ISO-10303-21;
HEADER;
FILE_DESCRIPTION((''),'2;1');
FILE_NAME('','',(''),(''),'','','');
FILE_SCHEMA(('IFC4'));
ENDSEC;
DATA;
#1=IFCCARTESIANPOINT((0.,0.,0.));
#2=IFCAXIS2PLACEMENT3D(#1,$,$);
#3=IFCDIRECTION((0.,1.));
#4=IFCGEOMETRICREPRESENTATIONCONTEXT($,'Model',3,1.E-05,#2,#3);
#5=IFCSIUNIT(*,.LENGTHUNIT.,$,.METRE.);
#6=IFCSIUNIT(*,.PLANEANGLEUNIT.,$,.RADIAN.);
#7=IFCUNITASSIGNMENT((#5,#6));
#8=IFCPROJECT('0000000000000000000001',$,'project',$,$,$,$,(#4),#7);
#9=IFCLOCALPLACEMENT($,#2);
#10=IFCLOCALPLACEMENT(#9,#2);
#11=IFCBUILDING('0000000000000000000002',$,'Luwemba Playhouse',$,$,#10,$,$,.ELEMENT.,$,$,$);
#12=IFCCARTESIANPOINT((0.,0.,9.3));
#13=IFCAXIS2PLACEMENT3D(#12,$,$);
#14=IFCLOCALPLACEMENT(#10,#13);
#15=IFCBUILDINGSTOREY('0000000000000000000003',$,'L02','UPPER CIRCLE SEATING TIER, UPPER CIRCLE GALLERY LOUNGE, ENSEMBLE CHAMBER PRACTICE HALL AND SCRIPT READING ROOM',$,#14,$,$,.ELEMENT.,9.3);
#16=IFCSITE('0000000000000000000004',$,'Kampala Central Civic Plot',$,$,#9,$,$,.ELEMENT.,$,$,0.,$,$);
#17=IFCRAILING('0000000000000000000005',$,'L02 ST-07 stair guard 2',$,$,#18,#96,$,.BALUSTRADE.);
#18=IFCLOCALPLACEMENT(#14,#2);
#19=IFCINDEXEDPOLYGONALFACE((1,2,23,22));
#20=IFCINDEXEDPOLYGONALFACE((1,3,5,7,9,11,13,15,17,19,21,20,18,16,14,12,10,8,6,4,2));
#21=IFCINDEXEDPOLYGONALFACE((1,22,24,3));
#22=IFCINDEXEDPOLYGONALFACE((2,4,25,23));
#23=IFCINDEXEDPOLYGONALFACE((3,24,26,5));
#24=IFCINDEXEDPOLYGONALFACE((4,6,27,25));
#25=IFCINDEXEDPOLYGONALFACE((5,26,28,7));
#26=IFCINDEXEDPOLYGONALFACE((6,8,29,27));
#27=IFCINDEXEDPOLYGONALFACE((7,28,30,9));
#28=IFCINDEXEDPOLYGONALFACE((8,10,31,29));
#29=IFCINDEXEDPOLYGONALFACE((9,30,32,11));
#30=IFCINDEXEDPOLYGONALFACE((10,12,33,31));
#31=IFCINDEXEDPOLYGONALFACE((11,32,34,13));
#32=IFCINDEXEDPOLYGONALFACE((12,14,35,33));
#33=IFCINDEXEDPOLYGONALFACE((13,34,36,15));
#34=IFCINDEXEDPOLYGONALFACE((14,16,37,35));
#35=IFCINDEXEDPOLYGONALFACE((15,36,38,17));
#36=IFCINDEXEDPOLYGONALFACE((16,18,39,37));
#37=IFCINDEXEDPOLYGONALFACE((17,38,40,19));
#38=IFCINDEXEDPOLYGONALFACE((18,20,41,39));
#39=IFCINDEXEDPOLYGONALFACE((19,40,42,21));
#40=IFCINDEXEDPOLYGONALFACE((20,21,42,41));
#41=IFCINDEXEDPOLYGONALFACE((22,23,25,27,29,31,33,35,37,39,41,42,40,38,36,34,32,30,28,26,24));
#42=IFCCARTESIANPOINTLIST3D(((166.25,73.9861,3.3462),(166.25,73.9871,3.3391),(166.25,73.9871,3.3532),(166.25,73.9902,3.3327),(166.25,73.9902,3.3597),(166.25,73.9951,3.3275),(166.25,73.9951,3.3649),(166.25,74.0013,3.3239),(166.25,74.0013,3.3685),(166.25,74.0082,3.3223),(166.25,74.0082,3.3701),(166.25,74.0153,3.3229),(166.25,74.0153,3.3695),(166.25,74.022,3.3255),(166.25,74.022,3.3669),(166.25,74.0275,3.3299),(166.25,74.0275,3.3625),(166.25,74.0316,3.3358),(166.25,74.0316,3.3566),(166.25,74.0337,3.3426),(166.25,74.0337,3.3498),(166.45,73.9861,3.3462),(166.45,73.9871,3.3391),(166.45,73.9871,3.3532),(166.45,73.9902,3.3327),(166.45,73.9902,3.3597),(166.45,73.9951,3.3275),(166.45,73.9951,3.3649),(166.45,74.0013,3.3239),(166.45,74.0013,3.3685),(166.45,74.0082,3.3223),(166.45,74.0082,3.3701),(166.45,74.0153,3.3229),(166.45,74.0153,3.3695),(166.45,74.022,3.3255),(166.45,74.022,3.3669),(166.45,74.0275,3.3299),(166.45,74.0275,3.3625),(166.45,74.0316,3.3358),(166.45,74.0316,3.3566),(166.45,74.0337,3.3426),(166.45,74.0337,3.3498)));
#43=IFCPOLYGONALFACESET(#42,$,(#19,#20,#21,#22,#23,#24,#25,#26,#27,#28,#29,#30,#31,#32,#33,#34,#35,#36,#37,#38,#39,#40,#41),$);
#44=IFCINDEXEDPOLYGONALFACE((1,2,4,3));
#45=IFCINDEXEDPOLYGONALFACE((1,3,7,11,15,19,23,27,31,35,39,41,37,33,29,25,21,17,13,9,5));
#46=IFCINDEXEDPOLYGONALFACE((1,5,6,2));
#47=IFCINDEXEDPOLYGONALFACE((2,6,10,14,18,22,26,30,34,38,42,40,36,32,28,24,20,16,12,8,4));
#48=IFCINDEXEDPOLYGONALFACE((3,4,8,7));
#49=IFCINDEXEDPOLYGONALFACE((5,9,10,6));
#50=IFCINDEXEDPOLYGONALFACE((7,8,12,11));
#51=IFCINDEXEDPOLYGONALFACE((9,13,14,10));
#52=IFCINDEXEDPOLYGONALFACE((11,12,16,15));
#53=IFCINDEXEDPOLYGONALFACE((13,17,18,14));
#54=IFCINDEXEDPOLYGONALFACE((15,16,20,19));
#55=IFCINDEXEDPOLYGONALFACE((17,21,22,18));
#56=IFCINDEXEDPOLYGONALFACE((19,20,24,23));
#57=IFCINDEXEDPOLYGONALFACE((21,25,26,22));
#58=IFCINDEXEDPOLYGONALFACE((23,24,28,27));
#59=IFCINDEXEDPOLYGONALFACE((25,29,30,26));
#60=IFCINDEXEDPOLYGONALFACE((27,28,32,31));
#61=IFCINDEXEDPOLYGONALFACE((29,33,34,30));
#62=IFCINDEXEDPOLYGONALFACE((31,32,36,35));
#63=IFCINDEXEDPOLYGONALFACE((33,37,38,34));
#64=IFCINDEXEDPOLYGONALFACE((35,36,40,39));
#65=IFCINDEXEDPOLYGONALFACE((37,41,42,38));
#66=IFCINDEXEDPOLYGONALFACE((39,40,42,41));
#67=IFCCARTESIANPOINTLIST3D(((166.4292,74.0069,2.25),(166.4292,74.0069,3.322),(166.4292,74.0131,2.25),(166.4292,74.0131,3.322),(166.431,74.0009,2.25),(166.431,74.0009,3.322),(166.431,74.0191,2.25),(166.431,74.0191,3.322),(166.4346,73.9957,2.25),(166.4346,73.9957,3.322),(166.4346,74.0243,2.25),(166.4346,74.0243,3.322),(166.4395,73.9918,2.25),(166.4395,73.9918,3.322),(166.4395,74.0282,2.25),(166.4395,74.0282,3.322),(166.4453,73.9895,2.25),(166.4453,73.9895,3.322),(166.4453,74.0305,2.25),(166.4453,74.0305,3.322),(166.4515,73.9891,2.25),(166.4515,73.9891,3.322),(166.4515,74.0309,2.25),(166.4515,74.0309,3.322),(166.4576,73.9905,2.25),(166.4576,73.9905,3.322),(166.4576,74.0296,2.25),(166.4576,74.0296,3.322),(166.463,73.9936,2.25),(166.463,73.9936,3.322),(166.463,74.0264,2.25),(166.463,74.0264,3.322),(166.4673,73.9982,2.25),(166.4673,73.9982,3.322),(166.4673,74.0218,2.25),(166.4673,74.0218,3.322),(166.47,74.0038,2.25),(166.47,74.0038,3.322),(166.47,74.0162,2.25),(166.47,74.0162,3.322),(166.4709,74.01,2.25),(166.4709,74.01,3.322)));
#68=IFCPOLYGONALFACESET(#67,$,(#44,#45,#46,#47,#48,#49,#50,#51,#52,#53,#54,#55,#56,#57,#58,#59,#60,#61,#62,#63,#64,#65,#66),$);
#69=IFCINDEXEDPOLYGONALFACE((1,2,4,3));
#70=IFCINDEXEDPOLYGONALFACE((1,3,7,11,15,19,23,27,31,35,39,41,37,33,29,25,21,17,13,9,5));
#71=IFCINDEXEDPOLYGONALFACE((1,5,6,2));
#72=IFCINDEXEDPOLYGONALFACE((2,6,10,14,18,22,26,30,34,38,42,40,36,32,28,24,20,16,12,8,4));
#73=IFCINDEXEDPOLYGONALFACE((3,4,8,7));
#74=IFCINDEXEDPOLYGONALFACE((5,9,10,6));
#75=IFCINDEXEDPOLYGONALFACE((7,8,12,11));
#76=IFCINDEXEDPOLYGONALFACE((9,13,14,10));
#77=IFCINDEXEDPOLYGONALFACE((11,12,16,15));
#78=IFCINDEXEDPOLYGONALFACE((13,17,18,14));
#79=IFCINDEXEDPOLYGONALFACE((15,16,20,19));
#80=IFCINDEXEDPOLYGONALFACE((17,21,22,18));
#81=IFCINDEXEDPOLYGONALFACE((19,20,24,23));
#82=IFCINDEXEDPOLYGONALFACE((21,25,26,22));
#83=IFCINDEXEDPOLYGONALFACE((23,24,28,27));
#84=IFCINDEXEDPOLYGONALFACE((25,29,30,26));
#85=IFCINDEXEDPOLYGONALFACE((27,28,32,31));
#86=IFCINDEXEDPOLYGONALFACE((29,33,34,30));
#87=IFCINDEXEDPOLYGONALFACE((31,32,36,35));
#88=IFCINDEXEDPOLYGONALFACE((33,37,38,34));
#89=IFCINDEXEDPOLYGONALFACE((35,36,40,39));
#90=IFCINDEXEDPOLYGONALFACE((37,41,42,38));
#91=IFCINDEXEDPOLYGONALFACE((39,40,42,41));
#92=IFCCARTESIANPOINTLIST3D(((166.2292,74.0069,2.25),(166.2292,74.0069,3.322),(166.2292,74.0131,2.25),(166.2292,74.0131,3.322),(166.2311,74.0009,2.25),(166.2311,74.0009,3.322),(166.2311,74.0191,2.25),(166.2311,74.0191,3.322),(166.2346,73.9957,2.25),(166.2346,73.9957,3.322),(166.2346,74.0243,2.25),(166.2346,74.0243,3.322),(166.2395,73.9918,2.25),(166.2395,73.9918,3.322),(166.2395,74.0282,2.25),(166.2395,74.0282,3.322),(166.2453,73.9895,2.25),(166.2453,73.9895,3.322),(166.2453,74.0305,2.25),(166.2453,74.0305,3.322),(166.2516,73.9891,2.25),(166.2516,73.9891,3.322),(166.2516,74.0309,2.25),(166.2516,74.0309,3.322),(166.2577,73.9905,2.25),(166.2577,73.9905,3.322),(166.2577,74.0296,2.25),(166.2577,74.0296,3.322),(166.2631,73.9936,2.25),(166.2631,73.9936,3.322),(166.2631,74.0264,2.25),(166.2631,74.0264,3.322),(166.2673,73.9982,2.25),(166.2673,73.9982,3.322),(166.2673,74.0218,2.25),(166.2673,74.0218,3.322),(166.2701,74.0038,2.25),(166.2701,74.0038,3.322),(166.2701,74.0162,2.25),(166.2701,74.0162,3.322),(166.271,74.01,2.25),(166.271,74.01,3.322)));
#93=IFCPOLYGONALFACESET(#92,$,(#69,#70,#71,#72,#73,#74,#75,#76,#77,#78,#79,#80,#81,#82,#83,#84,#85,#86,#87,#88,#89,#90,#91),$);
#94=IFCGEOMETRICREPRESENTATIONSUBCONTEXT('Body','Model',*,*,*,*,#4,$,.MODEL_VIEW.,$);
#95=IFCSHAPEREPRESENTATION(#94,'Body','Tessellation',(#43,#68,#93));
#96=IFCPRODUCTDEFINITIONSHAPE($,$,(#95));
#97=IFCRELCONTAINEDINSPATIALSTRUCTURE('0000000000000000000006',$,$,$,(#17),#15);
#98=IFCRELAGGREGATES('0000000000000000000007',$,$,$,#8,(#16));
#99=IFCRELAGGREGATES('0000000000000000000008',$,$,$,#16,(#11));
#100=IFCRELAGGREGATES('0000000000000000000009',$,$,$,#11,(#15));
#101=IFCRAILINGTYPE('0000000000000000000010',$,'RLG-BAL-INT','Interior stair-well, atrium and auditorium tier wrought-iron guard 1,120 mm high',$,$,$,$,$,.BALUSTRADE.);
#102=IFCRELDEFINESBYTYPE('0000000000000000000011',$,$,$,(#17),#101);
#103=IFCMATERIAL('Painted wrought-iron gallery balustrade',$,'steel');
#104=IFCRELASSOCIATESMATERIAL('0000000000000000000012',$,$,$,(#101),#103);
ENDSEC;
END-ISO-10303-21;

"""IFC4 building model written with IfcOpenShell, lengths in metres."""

from ifc_helpers import new_model, si_unit, direction, frame, origin, origin_2d, place, context, subcontext, project, spatial, circle, extrude, material, type_object, element, save


model = new_model("IFC4")

# Units and contexts
model_context = context("Model", 3, precision=1e-05, world=origin(), true_north=direction((0.0, 1.0)))
body_context = subcontext(model_context, "Body", "Model", "MODEL_VIEW")
ifc_project = project(units=[si_unit("LENGTHUNIT", "METRE"), si_unit("PLANEANGLEUNIT", "RADIAN")], contexts=[model_context])

# Site, building, storey
site_placement = place(None, origin())
site = spatial("IfcSite", under=ifc_project, at=site_placement, Name="Kampala Central Civic Plot", CompositionType="ELEMENT", RefElevation=0.0)
building_placement = place(site_placement, origin())
building = spatial("IfcBuilding", under=site, at=building_placement, Name="Luwemba Playhouse", CompositionType="ELEMENT")
storey_placement = place(building_placement, frame((0.0, 0.0, 9.3)))
storey = spatial("IfcBuildingStorey", under=building, at=storey_placement, Name="L02", Description="UPPER CIRCLE SEATING TIER, UPPER CIRCLE GALLERY LOUNGE, ENSEMBLE CHAMBER PRACTICE HALL AND SCRIPT READING ROOM", CompositionType="ELEMENT", Elevation=9.3)

# Railing
ifc_material_1 = material(Name="Painted wrought-iron gallery balustrade", Category="steel")
railing_type_1 = type_object("IfcRailingType", Name="RLG-BAL-INT", Description="Interior stair-well, atrium and auditorium tier wrought-iron guard 1,120 mm high", PredefinedType="BALUSTRADE", material=ifc_material_1)
railing_1_placement = place(storey_placement, frame((166.45, 74.01, 2.25)))
element("IfcRailing", 1, at=railing_1_placement, inside=storey, type_object=railing_type_1, Name="L02 ST-07 stair guard 2", PredefinedType="BALUSTRADE", context=body_context, shape_type="SweptSolid", body=[
    extrude(circle(Radius=0.0239, at=origin_2d()), frame((0.0, 0.0, 1.0962), z_axis=(-1.0, 0.0, 0.0), x_axis=(0.0, -1.0, 0.0)), (0.0, 0.0, 1.0), 0.2),
    extrude(circle(Radius=0.021, at=origin_2d()), origin(), (0.0, 0.0, 1.0), 1.072),
    extrude(circle(Radius=0.021, at=origin_2d()), frame((-0.2, 0.0, 0.0)), (0.0, 0.0, 1.0), 1.072),
])

save(model, "model.ifc")
